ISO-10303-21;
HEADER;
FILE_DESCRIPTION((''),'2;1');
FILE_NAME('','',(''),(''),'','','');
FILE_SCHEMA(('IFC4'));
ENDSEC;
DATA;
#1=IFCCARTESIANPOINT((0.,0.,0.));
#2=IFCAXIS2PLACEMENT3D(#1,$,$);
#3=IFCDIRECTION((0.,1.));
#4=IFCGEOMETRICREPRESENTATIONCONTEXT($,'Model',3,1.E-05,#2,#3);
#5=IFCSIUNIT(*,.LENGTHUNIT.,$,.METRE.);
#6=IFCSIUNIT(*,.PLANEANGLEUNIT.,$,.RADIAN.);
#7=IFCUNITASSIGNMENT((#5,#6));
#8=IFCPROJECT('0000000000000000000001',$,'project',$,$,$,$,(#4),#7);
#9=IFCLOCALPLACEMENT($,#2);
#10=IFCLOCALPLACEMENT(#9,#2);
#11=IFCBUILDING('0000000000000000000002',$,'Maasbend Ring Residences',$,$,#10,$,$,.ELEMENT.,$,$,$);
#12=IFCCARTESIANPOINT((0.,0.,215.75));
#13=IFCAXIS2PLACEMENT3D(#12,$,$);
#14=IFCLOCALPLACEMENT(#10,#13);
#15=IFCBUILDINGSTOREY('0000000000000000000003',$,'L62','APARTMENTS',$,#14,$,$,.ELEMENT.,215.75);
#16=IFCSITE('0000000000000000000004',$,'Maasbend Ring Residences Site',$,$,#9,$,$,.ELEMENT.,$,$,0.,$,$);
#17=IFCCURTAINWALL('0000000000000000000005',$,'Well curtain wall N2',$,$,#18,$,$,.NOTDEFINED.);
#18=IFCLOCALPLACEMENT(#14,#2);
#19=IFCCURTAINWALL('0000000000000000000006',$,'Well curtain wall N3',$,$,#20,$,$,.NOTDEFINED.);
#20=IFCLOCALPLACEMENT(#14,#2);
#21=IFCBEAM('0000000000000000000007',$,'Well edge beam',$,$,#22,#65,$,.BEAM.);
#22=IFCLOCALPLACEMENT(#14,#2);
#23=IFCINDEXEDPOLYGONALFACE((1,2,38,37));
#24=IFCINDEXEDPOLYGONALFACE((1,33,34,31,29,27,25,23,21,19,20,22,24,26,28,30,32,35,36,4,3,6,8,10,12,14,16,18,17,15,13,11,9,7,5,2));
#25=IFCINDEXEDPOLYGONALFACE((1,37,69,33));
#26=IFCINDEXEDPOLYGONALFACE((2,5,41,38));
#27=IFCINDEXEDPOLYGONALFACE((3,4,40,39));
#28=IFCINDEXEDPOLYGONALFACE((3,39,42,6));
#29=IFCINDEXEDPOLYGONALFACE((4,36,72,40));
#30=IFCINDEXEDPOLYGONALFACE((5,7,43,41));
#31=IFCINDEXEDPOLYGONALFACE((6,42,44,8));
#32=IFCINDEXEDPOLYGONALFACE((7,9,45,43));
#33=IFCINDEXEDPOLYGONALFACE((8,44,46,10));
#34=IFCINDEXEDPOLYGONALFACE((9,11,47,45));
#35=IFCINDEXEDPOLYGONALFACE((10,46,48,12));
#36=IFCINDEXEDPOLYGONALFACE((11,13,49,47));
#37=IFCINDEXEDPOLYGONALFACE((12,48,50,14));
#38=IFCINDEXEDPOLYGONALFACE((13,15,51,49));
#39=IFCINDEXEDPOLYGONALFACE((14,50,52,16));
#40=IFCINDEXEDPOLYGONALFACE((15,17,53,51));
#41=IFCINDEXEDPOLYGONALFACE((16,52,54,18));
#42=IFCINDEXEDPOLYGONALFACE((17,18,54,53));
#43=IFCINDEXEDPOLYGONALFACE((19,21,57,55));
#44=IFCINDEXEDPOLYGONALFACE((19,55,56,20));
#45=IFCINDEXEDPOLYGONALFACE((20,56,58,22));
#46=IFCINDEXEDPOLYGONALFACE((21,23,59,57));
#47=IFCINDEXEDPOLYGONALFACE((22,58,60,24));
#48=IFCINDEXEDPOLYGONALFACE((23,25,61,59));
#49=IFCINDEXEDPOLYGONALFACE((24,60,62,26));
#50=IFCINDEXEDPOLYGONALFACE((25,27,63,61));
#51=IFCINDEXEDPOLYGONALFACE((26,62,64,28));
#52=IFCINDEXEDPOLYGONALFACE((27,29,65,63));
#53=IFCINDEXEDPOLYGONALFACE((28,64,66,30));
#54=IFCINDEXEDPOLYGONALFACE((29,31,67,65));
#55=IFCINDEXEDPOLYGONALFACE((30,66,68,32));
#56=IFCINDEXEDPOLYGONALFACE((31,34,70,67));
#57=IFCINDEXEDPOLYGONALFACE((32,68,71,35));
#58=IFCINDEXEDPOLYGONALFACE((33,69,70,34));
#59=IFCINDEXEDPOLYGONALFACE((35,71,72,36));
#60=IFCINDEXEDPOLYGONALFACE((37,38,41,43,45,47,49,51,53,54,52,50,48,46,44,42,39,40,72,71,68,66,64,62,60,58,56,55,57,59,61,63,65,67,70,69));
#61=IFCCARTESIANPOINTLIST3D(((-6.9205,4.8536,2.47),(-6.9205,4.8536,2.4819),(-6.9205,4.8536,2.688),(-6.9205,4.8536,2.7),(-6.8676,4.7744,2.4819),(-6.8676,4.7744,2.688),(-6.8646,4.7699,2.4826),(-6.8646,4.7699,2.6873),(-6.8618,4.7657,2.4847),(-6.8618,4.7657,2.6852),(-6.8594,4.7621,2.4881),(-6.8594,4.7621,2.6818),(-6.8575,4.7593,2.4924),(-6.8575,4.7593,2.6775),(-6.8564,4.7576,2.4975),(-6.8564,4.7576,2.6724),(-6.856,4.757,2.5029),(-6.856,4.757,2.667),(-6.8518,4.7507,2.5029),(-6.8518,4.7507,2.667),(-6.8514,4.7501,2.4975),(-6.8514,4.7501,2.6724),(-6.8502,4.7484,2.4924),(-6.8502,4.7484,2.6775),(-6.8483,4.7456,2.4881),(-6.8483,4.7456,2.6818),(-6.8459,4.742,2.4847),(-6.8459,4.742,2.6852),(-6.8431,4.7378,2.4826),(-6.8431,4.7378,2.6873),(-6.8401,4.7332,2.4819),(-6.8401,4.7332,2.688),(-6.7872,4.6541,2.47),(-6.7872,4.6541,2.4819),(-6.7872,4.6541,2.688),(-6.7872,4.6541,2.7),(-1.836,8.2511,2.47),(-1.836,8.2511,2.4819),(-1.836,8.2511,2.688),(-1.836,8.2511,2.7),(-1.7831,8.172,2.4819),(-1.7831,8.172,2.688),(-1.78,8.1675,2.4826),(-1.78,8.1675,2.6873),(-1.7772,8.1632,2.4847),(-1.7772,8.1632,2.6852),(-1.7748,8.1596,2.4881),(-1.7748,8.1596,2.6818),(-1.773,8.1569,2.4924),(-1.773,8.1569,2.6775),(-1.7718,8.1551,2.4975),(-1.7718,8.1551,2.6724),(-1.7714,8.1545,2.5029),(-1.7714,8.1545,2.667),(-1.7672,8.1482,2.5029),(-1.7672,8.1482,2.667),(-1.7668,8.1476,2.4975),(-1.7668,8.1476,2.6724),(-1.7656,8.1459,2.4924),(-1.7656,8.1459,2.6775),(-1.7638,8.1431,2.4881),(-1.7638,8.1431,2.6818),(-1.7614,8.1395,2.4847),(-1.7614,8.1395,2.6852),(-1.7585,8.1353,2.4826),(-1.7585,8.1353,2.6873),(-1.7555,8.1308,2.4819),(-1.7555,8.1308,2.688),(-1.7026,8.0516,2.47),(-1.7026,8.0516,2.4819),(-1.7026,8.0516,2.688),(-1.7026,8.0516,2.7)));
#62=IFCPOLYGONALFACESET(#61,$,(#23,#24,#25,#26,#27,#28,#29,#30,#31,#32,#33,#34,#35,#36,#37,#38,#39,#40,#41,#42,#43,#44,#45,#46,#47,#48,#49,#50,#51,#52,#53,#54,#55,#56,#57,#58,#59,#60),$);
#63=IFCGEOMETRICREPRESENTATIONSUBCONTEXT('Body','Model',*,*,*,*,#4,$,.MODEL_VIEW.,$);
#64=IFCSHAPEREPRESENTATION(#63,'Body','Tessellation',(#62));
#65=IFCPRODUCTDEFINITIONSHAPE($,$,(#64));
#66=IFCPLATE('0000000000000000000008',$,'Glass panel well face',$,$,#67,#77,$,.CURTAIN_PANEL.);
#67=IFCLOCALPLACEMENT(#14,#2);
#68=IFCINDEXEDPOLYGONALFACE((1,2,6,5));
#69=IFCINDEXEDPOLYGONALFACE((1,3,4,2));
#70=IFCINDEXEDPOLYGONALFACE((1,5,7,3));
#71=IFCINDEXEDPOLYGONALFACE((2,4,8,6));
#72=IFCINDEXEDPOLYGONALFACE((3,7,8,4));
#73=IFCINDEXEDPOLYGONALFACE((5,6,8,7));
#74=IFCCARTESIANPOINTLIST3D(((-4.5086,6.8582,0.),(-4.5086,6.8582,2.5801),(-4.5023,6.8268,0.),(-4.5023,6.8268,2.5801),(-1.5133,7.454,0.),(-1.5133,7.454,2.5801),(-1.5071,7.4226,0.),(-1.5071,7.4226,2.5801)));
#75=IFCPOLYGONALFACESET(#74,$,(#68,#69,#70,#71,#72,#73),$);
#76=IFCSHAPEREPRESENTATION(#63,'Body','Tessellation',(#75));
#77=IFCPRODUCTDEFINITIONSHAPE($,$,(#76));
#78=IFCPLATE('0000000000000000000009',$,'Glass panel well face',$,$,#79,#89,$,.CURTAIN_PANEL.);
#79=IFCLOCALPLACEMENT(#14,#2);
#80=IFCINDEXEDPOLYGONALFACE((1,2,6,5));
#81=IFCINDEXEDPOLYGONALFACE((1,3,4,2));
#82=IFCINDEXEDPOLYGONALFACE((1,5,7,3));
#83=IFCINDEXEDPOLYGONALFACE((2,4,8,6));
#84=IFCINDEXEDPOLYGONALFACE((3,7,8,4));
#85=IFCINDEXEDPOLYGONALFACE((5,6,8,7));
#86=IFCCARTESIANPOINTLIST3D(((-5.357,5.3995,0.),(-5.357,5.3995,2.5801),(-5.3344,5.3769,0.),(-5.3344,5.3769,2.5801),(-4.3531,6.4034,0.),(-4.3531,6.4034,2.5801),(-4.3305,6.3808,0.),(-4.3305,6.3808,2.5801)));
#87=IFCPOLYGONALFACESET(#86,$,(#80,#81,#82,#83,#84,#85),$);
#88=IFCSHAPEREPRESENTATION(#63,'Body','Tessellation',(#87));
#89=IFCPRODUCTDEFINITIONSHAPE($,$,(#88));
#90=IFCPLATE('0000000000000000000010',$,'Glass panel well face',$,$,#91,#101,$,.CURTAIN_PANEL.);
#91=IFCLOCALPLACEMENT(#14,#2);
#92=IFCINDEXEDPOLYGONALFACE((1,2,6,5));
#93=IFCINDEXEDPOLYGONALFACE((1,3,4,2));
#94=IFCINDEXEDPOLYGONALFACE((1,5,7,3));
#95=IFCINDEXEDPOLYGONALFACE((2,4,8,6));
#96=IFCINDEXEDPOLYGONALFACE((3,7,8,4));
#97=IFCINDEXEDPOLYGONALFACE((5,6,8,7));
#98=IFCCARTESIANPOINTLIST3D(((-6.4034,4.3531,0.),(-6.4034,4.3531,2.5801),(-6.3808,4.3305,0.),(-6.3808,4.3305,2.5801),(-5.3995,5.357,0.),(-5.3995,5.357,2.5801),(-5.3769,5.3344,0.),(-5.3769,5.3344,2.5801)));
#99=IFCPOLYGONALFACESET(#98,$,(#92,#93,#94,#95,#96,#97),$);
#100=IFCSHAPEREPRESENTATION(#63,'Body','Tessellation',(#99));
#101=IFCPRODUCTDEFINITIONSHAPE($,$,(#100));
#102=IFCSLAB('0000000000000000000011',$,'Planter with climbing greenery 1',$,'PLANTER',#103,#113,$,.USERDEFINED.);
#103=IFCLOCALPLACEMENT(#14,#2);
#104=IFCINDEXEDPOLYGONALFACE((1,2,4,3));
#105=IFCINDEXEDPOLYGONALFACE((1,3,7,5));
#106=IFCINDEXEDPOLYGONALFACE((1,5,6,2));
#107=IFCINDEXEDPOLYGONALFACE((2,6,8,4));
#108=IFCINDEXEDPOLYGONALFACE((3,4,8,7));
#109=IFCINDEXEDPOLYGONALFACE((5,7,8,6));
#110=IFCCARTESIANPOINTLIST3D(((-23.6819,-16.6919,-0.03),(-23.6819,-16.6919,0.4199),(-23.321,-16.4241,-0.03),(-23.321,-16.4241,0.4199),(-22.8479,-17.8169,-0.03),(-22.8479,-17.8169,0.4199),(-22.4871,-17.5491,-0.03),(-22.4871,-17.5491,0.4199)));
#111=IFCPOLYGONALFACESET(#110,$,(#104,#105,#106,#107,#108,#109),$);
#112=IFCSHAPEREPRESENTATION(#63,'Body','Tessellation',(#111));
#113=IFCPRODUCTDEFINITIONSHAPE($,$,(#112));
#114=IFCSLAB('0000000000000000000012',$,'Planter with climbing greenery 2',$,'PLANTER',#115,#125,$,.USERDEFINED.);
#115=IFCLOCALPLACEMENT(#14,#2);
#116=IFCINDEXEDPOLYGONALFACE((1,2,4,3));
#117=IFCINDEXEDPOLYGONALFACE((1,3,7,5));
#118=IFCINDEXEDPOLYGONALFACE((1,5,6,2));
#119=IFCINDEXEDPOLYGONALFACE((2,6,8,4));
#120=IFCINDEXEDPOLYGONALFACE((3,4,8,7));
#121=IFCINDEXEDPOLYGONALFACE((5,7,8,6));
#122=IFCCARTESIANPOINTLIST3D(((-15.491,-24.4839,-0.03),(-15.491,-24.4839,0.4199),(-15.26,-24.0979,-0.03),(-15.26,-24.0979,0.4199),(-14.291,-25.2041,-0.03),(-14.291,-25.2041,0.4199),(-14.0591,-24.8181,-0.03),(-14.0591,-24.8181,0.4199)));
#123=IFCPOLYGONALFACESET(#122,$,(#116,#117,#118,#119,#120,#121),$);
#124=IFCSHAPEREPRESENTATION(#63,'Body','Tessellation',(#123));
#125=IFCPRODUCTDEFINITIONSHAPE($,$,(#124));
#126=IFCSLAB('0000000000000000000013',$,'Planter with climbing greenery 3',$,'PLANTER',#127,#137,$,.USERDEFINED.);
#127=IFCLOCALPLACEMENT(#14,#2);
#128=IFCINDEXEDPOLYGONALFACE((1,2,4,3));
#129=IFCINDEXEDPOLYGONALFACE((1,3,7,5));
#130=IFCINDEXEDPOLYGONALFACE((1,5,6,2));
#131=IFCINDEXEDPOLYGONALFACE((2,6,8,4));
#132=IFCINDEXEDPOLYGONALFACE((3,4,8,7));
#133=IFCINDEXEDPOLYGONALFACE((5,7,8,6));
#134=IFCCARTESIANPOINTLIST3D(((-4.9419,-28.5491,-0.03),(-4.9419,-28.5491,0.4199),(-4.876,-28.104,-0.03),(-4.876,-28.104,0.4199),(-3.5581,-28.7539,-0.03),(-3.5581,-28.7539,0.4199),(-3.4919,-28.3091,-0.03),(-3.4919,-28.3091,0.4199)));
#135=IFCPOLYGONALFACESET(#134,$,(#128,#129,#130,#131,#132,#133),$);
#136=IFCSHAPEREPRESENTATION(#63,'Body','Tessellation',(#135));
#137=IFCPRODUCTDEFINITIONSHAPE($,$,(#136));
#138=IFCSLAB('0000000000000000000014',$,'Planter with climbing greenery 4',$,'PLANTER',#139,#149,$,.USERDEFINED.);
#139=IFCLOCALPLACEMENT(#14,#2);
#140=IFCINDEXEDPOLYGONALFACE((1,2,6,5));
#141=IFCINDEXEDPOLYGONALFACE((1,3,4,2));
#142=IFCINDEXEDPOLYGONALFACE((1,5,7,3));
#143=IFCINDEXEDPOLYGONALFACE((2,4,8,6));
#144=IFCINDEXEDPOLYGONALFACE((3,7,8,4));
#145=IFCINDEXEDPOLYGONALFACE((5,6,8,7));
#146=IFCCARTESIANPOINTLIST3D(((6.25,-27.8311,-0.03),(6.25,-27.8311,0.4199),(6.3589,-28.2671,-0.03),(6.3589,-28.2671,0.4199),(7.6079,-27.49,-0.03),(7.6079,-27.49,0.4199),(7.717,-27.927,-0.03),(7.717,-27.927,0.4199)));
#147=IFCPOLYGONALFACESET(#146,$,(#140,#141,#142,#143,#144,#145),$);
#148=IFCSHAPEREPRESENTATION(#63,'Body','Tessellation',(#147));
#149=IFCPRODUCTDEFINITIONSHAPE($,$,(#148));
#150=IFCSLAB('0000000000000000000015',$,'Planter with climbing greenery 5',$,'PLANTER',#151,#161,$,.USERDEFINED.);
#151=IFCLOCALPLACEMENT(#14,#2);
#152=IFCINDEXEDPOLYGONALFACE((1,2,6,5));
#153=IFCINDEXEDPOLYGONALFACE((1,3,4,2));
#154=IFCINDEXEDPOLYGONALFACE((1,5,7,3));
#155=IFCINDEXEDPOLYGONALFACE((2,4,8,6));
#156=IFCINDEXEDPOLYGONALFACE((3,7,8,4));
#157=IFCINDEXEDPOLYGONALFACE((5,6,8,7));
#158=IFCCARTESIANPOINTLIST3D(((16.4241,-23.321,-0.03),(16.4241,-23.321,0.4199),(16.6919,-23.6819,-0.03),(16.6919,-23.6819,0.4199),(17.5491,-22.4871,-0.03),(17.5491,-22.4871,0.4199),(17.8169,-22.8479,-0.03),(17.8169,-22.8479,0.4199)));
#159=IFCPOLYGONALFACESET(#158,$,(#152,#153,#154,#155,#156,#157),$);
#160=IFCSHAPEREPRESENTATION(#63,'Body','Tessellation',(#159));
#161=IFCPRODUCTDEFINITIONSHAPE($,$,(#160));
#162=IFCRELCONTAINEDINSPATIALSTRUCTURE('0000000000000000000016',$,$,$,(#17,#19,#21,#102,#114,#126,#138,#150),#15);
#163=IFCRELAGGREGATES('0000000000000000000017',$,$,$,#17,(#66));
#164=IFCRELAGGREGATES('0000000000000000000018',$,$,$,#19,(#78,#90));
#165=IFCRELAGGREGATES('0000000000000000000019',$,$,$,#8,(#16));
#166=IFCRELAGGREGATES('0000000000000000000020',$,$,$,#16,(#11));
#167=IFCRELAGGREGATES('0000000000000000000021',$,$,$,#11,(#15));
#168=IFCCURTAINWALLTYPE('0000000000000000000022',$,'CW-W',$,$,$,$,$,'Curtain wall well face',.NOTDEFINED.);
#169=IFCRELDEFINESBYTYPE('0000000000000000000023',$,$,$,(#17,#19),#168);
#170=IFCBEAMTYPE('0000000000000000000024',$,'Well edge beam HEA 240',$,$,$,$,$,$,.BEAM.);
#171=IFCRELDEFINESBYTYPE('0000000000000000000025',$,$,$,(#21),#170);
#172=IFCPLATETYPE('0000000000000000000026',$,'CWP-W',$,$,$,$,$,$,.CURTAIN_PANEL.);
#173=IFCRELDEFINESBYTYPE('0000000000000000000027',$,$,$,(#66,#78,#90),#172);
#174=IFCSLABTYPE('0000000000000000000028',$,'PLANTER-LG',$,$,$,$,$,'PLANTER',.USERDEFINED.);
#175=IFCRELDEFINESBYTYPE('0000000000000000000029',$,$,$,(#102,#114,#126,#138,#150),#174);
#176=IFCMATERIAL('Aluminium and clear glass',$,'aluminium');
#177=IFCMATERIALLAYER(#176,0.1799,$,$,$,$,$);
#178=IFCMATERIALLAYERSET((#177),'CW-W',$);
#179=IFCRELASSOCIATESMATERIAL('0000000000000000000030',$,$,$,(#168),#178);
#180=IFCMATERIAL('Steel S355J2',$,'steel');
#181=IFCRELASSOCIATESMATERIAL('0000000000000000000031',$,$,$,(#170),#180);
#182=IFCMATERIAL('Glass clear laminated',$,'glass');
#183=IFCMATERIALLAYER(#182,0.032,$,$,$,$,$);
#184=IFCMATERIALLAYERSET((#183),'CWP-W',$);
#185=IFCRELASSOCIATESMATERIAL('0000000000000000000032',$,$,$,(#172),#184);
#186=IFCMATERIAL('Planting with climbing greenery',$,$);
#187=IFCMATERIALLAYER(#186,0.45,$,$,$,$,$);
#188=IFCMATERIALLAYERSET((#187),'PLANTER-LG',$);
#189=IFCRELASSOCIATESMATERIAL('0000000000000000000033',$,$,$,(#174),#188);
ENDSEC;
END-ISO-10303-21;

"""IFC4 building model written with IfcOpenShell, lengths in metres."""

from ifc_helpers import new_model, si_unit, direction, frame, origin, origin_2d, place, context, subcontext, project, spatial, polyline, rectangle, i_section, outline, extrude, material, layer, layer_set, material_profile, profile_set, type_object, element, aggregate, save


model = new_model("IFC4")

# Units and contexts
model_context = context("Model", 3, precision=1e-05, world=origin(), true_north=direction((0.0, 1.0)))
body_context = subcontext(model_context, "Body", "Model", "MODEL_VIEW")
ifc_project = project(units=[si_unit("LENGTHUNIT", "METRE"), si_unit("PLANEANGLEUNIT", "RADIAN")], contexts=[model_context])

# Site, building, storey
site_placement = place(None, origin())
site = spatial("IfcSite", under=ifc_project, at=site_placement, Name="Maasbend Ring Residences Site", CompositionType="ELEMENT", RefElevation=0.0)
building_placement = place(site_placement, origin())
building = spatial("IfcBuilding", under=site, at=building_placement, Name="Maasbend Ring Residences", CompositionType="ELEMENT")
storey_placement = place(building_placement, frame((0.0, 0.0, 215.75)))
storey = spatial("IfcBuildingStorey", under=building, at=storey_placement, Name="L62", Description="APARTMENTS", CompositionType="ELEMENT", Elevation=215.75)

# Curtain walls
ifc_material_1 = material(Name="Aluminium and clear glass", Category="aluminium")
ifc_layer_1 = layer(ifc_material_1, 0.1799)
ifc_layer_set_1 = layer_set([ifc_layer_1], Name="CW-W")
curtain_wall_type = type_object("IfcCurtainWallType", Name="CW-W", ElementType="Curtain wall well face", PredefinedType="NOTDEFINED", material=ifc_layer_set_1)
curtain_wall_1_placement = place(storey_placement, origin())
curtain_wall_1 = element("IfcCurtainWall", 1, at=curtain_wall_1_placement, inside=storey, type_object=curtain_wall_type, Name="Well curtain wall N2", PredefinedType="NOTDEFINED")
curtain_wall_2_placement = place(storey_placement, origin())
curtain_wall_2 = element("IfcCurtainWall", 2, at=curtain_wall_2_placement, inside=storey, type_object=curtain_wall_type, Name="Well curtain wall N3", PredefinedType="NOTDEFINED")

# Beam
ifc_material_2 = material(Name="Steel S355J2", Category="steel")
ifc_material_profile_1 = material_profile(ifc_material_2, i_section(OverallWidth=0.24, OverallDepth=0.23, WebThickness=0.0076, FlangeThickness=0.012, FilletRadius=0.021, at=origin_2d()), Name="HEA 240")
ifc_profile_set_1 = profile_set([ifc_material_profile_1], Name="Steel S355J2")
beam_type = type_object("IfcBeamType", Name="Well edge beam HEA 240", PredefinedType="BEAM", material=ifc_profile_set_1)
beam_placement = place(storey_placement, frame((-1.7693, 8.1514, 2.585), z_axis=(-0.83146, -0.555584, 0.0), x_axis=(0.555584, -0.83146, 0.0)))
element("IfcBeam", 3, at=beam_placement, inside=storey, type_object=beam_type, Name="Well edge beam", PredefinedType="BEAM", context=body_context, shape_type="SweptSolid", body=[
    extrude(i_section(OverallWidth=0.24, OverallDepth=0.23, WebThickness=0.0076, FlangeThickness=0.012, FilletRadius=0.021, at=origin_2d()), origin(), (0.0, 0.0, 1.0), 6.1152),
])

# Plates
ifc_material_3 = material(Name="Glass clear laminated", Category="glass")
ifc_layer_2 = layer(ifc_material_3, 0.032)
ifc_layer_set_2 = layer_set([ifc_layer_2], Name="CWP-W")
plate_type = type_object("IfcPlateType", Name="CWP-W", PredefinedType="CURTAIN_PANEL", material=ifc_layer_set_2)
plate_1_placement = place(storey_placement, frame((-3.0078, 7.1404, 0.0), z_axis=(0.0, 0.0, 1.0), x_axis=(-0.980785, -0.19509, 0.0)))
plate_1 = element("IfcPlate", 4, at=plate_1_placement, type_object=plate_type, Name="Glass panel well face", PredefinedType="CURTAIN_PANEL", context=body_context, shape_type="SweptSolid", body=[
    extrude(rectangle(XDim=3.054, YDim=0.032, at=origin_2d()), origin(), (0.0, 0.0, 1.0), 2.5801),
])
aggregate(curtain_wall_1, [plate_1])
plate_2_placement = place(storey_placement, frame((-4.8438, 5.8901, 0.0), z_axis=(0.0, 0.0, 1.0), x_axis=(-0.707107, -0.707107, 0.0)))
plate_2 = element("IfcPlate", 5, at=plate_2_placement, type_object=plate_type, Name="Glass panel well face", PredefinedType="CURTAIN_PANEL", context=body_context, shape_type="SweptSolid", body=[
    extrude(rectangle(XDim=1.4197, YDim=0.032, at=origin_2d()), origin(), (0.0, 0.0, 1.0), 2.5801),
])
plate_3_placement = place(storey_placement, frame((-5.8901, 4.8438, 0.0), z_axis=(0.0, 0.0, 1.0), x_axis=(-0.707107, -0.707107, 0.0)))
plate_3 = element("IfcPlate", 6, at=plate_3_placement, type_object=plate_type, Name="Glass panel well face", PredefinedType="CURTAIN_PANEL", context=body_context, shape_type="SweptSolid", body=[
    extrude(rectangle(XDim=1.4197, YDim=0.032, at=origin_2d()), origin(), (0.0, 0.0, 1.0), 2.5801),
])
aggregate(curtain_wall_2, [plate_2, plate_3])

# Slabs
ifc_material_4 = material(Name="Planting with climbing greenery")
ifc_layer_3 = layer(ifc_material_4, 0.45)
ifc_layer_set_3 = layer_set([ifc_layer_3], Name="PLANTER-LG")
slab_type_1 = type_object("IfcSlabType", Name="PLANTER-LG", ElementType="PLANTER", PredefinedType="USERDEFINED", material=ifc_layer_set_3)
slab_1_placement = place(storey_placement, frame((0.0, 0.0, -0.03)))
element("IfcSlab", 7, at=slab_1_placement, inside=storey, type_object=slab_type_1, Name="Planter with climbing greenery 1", ObjectType="PLANTER", PredefinedType="USERDEFINED", context=body_context, shape_type="SweptSolid", body=[
    extrude(outline(polyline([(-23.6819, -16.6919), (-22.8479, -17.8169), (-22.4871, -17.5491), (-23.321, -16.4241), (-23.6819, -16.6919)])), origin(), (0.0, 0.0, 1.0), 0.45),
])
slab_2_placement = place(storey_placement, frame((0.0, 0.0, -0.03)))
element("IfcSlab", 8, at=slab_2_placement, inside=storey, type_object=slab_type_1, Name="Planter with climbing greenery 2", ObjectType="PLANTER", PredefinedType="USERDEFINED", context=body_context, shape_type="SweptSolid", body=[
    extrude(outline(polyline([(-15.491, -24.4839), (-14.291, -25.2041), (-14.0591, -24.8181), (-15.26, -24.0979), (-15.491, -24.4839)])), origin(), (0.0, 0.0, 1.0), 0.45),
])
slab_3_placement = place(storey_placement, frame((0.0, 0.0, -0.03)))
element("IfcSlab", 9, at=slab_3_placement, inside=storey, type_object=slab_type_1, Name="Planter with climbing greenery 3", ObjectType="PLANTER", PredefinedType="USERDEFINED", context=body_context, shape_type="SweptSolid", body=[
    extrude(outline(polyline([(-4.9419, -28.5491), (-3.5581, -28.7539), (-3.4919, -28.3091), (-4.876, -28.104), (-4.9419, -28.5491)])), origin(), (0.0, 0.0, 1.0), 0.45),
])
slab_4_placement = place(storey_placement, frame((0.0, 0.0, -0.03)))
element("IfcSlab", 10, at=slab_4_placement, inside=storey, type_object=slab_type_1, Name="Planter with climbing greenery 4", ObjectType="PLANTER", PredefinedType="USERDEFINED", context=body_context, shape_type="SweptSolid", body=[
    extrude(outline(polyline([(6.3589, -28.2671), (7.717, -27.927), (7.6079, -27.49), (6.25, -27.8311), (6.3589, -28.2671)])), origin(), (0.0, 0.0, 1.0), 0.45),
])
slab_5_placement = place(storey_placement, frame((0.0, 0.0, -0.03)))
element("IfcSlab", 11, at=slab_5_placement, inside=storey, type_object=slab_type_1, Name="Planter with climbing greenery 5", ObjectType="PLANTER", PredefinedType="USERDEFINED", context=body_context, shape_type="SweptSolid", body=[
    extrude(outline(polyline([(16.6919, -23.6819), (17.8169, -22.8479), (17.5491, -22.4871), (16.4241, -23.321), (16.6919, -23.6819)])), origin(), (0.0, 0.0, 1.0), 0.45),
])

save(model, "model.ifc")
